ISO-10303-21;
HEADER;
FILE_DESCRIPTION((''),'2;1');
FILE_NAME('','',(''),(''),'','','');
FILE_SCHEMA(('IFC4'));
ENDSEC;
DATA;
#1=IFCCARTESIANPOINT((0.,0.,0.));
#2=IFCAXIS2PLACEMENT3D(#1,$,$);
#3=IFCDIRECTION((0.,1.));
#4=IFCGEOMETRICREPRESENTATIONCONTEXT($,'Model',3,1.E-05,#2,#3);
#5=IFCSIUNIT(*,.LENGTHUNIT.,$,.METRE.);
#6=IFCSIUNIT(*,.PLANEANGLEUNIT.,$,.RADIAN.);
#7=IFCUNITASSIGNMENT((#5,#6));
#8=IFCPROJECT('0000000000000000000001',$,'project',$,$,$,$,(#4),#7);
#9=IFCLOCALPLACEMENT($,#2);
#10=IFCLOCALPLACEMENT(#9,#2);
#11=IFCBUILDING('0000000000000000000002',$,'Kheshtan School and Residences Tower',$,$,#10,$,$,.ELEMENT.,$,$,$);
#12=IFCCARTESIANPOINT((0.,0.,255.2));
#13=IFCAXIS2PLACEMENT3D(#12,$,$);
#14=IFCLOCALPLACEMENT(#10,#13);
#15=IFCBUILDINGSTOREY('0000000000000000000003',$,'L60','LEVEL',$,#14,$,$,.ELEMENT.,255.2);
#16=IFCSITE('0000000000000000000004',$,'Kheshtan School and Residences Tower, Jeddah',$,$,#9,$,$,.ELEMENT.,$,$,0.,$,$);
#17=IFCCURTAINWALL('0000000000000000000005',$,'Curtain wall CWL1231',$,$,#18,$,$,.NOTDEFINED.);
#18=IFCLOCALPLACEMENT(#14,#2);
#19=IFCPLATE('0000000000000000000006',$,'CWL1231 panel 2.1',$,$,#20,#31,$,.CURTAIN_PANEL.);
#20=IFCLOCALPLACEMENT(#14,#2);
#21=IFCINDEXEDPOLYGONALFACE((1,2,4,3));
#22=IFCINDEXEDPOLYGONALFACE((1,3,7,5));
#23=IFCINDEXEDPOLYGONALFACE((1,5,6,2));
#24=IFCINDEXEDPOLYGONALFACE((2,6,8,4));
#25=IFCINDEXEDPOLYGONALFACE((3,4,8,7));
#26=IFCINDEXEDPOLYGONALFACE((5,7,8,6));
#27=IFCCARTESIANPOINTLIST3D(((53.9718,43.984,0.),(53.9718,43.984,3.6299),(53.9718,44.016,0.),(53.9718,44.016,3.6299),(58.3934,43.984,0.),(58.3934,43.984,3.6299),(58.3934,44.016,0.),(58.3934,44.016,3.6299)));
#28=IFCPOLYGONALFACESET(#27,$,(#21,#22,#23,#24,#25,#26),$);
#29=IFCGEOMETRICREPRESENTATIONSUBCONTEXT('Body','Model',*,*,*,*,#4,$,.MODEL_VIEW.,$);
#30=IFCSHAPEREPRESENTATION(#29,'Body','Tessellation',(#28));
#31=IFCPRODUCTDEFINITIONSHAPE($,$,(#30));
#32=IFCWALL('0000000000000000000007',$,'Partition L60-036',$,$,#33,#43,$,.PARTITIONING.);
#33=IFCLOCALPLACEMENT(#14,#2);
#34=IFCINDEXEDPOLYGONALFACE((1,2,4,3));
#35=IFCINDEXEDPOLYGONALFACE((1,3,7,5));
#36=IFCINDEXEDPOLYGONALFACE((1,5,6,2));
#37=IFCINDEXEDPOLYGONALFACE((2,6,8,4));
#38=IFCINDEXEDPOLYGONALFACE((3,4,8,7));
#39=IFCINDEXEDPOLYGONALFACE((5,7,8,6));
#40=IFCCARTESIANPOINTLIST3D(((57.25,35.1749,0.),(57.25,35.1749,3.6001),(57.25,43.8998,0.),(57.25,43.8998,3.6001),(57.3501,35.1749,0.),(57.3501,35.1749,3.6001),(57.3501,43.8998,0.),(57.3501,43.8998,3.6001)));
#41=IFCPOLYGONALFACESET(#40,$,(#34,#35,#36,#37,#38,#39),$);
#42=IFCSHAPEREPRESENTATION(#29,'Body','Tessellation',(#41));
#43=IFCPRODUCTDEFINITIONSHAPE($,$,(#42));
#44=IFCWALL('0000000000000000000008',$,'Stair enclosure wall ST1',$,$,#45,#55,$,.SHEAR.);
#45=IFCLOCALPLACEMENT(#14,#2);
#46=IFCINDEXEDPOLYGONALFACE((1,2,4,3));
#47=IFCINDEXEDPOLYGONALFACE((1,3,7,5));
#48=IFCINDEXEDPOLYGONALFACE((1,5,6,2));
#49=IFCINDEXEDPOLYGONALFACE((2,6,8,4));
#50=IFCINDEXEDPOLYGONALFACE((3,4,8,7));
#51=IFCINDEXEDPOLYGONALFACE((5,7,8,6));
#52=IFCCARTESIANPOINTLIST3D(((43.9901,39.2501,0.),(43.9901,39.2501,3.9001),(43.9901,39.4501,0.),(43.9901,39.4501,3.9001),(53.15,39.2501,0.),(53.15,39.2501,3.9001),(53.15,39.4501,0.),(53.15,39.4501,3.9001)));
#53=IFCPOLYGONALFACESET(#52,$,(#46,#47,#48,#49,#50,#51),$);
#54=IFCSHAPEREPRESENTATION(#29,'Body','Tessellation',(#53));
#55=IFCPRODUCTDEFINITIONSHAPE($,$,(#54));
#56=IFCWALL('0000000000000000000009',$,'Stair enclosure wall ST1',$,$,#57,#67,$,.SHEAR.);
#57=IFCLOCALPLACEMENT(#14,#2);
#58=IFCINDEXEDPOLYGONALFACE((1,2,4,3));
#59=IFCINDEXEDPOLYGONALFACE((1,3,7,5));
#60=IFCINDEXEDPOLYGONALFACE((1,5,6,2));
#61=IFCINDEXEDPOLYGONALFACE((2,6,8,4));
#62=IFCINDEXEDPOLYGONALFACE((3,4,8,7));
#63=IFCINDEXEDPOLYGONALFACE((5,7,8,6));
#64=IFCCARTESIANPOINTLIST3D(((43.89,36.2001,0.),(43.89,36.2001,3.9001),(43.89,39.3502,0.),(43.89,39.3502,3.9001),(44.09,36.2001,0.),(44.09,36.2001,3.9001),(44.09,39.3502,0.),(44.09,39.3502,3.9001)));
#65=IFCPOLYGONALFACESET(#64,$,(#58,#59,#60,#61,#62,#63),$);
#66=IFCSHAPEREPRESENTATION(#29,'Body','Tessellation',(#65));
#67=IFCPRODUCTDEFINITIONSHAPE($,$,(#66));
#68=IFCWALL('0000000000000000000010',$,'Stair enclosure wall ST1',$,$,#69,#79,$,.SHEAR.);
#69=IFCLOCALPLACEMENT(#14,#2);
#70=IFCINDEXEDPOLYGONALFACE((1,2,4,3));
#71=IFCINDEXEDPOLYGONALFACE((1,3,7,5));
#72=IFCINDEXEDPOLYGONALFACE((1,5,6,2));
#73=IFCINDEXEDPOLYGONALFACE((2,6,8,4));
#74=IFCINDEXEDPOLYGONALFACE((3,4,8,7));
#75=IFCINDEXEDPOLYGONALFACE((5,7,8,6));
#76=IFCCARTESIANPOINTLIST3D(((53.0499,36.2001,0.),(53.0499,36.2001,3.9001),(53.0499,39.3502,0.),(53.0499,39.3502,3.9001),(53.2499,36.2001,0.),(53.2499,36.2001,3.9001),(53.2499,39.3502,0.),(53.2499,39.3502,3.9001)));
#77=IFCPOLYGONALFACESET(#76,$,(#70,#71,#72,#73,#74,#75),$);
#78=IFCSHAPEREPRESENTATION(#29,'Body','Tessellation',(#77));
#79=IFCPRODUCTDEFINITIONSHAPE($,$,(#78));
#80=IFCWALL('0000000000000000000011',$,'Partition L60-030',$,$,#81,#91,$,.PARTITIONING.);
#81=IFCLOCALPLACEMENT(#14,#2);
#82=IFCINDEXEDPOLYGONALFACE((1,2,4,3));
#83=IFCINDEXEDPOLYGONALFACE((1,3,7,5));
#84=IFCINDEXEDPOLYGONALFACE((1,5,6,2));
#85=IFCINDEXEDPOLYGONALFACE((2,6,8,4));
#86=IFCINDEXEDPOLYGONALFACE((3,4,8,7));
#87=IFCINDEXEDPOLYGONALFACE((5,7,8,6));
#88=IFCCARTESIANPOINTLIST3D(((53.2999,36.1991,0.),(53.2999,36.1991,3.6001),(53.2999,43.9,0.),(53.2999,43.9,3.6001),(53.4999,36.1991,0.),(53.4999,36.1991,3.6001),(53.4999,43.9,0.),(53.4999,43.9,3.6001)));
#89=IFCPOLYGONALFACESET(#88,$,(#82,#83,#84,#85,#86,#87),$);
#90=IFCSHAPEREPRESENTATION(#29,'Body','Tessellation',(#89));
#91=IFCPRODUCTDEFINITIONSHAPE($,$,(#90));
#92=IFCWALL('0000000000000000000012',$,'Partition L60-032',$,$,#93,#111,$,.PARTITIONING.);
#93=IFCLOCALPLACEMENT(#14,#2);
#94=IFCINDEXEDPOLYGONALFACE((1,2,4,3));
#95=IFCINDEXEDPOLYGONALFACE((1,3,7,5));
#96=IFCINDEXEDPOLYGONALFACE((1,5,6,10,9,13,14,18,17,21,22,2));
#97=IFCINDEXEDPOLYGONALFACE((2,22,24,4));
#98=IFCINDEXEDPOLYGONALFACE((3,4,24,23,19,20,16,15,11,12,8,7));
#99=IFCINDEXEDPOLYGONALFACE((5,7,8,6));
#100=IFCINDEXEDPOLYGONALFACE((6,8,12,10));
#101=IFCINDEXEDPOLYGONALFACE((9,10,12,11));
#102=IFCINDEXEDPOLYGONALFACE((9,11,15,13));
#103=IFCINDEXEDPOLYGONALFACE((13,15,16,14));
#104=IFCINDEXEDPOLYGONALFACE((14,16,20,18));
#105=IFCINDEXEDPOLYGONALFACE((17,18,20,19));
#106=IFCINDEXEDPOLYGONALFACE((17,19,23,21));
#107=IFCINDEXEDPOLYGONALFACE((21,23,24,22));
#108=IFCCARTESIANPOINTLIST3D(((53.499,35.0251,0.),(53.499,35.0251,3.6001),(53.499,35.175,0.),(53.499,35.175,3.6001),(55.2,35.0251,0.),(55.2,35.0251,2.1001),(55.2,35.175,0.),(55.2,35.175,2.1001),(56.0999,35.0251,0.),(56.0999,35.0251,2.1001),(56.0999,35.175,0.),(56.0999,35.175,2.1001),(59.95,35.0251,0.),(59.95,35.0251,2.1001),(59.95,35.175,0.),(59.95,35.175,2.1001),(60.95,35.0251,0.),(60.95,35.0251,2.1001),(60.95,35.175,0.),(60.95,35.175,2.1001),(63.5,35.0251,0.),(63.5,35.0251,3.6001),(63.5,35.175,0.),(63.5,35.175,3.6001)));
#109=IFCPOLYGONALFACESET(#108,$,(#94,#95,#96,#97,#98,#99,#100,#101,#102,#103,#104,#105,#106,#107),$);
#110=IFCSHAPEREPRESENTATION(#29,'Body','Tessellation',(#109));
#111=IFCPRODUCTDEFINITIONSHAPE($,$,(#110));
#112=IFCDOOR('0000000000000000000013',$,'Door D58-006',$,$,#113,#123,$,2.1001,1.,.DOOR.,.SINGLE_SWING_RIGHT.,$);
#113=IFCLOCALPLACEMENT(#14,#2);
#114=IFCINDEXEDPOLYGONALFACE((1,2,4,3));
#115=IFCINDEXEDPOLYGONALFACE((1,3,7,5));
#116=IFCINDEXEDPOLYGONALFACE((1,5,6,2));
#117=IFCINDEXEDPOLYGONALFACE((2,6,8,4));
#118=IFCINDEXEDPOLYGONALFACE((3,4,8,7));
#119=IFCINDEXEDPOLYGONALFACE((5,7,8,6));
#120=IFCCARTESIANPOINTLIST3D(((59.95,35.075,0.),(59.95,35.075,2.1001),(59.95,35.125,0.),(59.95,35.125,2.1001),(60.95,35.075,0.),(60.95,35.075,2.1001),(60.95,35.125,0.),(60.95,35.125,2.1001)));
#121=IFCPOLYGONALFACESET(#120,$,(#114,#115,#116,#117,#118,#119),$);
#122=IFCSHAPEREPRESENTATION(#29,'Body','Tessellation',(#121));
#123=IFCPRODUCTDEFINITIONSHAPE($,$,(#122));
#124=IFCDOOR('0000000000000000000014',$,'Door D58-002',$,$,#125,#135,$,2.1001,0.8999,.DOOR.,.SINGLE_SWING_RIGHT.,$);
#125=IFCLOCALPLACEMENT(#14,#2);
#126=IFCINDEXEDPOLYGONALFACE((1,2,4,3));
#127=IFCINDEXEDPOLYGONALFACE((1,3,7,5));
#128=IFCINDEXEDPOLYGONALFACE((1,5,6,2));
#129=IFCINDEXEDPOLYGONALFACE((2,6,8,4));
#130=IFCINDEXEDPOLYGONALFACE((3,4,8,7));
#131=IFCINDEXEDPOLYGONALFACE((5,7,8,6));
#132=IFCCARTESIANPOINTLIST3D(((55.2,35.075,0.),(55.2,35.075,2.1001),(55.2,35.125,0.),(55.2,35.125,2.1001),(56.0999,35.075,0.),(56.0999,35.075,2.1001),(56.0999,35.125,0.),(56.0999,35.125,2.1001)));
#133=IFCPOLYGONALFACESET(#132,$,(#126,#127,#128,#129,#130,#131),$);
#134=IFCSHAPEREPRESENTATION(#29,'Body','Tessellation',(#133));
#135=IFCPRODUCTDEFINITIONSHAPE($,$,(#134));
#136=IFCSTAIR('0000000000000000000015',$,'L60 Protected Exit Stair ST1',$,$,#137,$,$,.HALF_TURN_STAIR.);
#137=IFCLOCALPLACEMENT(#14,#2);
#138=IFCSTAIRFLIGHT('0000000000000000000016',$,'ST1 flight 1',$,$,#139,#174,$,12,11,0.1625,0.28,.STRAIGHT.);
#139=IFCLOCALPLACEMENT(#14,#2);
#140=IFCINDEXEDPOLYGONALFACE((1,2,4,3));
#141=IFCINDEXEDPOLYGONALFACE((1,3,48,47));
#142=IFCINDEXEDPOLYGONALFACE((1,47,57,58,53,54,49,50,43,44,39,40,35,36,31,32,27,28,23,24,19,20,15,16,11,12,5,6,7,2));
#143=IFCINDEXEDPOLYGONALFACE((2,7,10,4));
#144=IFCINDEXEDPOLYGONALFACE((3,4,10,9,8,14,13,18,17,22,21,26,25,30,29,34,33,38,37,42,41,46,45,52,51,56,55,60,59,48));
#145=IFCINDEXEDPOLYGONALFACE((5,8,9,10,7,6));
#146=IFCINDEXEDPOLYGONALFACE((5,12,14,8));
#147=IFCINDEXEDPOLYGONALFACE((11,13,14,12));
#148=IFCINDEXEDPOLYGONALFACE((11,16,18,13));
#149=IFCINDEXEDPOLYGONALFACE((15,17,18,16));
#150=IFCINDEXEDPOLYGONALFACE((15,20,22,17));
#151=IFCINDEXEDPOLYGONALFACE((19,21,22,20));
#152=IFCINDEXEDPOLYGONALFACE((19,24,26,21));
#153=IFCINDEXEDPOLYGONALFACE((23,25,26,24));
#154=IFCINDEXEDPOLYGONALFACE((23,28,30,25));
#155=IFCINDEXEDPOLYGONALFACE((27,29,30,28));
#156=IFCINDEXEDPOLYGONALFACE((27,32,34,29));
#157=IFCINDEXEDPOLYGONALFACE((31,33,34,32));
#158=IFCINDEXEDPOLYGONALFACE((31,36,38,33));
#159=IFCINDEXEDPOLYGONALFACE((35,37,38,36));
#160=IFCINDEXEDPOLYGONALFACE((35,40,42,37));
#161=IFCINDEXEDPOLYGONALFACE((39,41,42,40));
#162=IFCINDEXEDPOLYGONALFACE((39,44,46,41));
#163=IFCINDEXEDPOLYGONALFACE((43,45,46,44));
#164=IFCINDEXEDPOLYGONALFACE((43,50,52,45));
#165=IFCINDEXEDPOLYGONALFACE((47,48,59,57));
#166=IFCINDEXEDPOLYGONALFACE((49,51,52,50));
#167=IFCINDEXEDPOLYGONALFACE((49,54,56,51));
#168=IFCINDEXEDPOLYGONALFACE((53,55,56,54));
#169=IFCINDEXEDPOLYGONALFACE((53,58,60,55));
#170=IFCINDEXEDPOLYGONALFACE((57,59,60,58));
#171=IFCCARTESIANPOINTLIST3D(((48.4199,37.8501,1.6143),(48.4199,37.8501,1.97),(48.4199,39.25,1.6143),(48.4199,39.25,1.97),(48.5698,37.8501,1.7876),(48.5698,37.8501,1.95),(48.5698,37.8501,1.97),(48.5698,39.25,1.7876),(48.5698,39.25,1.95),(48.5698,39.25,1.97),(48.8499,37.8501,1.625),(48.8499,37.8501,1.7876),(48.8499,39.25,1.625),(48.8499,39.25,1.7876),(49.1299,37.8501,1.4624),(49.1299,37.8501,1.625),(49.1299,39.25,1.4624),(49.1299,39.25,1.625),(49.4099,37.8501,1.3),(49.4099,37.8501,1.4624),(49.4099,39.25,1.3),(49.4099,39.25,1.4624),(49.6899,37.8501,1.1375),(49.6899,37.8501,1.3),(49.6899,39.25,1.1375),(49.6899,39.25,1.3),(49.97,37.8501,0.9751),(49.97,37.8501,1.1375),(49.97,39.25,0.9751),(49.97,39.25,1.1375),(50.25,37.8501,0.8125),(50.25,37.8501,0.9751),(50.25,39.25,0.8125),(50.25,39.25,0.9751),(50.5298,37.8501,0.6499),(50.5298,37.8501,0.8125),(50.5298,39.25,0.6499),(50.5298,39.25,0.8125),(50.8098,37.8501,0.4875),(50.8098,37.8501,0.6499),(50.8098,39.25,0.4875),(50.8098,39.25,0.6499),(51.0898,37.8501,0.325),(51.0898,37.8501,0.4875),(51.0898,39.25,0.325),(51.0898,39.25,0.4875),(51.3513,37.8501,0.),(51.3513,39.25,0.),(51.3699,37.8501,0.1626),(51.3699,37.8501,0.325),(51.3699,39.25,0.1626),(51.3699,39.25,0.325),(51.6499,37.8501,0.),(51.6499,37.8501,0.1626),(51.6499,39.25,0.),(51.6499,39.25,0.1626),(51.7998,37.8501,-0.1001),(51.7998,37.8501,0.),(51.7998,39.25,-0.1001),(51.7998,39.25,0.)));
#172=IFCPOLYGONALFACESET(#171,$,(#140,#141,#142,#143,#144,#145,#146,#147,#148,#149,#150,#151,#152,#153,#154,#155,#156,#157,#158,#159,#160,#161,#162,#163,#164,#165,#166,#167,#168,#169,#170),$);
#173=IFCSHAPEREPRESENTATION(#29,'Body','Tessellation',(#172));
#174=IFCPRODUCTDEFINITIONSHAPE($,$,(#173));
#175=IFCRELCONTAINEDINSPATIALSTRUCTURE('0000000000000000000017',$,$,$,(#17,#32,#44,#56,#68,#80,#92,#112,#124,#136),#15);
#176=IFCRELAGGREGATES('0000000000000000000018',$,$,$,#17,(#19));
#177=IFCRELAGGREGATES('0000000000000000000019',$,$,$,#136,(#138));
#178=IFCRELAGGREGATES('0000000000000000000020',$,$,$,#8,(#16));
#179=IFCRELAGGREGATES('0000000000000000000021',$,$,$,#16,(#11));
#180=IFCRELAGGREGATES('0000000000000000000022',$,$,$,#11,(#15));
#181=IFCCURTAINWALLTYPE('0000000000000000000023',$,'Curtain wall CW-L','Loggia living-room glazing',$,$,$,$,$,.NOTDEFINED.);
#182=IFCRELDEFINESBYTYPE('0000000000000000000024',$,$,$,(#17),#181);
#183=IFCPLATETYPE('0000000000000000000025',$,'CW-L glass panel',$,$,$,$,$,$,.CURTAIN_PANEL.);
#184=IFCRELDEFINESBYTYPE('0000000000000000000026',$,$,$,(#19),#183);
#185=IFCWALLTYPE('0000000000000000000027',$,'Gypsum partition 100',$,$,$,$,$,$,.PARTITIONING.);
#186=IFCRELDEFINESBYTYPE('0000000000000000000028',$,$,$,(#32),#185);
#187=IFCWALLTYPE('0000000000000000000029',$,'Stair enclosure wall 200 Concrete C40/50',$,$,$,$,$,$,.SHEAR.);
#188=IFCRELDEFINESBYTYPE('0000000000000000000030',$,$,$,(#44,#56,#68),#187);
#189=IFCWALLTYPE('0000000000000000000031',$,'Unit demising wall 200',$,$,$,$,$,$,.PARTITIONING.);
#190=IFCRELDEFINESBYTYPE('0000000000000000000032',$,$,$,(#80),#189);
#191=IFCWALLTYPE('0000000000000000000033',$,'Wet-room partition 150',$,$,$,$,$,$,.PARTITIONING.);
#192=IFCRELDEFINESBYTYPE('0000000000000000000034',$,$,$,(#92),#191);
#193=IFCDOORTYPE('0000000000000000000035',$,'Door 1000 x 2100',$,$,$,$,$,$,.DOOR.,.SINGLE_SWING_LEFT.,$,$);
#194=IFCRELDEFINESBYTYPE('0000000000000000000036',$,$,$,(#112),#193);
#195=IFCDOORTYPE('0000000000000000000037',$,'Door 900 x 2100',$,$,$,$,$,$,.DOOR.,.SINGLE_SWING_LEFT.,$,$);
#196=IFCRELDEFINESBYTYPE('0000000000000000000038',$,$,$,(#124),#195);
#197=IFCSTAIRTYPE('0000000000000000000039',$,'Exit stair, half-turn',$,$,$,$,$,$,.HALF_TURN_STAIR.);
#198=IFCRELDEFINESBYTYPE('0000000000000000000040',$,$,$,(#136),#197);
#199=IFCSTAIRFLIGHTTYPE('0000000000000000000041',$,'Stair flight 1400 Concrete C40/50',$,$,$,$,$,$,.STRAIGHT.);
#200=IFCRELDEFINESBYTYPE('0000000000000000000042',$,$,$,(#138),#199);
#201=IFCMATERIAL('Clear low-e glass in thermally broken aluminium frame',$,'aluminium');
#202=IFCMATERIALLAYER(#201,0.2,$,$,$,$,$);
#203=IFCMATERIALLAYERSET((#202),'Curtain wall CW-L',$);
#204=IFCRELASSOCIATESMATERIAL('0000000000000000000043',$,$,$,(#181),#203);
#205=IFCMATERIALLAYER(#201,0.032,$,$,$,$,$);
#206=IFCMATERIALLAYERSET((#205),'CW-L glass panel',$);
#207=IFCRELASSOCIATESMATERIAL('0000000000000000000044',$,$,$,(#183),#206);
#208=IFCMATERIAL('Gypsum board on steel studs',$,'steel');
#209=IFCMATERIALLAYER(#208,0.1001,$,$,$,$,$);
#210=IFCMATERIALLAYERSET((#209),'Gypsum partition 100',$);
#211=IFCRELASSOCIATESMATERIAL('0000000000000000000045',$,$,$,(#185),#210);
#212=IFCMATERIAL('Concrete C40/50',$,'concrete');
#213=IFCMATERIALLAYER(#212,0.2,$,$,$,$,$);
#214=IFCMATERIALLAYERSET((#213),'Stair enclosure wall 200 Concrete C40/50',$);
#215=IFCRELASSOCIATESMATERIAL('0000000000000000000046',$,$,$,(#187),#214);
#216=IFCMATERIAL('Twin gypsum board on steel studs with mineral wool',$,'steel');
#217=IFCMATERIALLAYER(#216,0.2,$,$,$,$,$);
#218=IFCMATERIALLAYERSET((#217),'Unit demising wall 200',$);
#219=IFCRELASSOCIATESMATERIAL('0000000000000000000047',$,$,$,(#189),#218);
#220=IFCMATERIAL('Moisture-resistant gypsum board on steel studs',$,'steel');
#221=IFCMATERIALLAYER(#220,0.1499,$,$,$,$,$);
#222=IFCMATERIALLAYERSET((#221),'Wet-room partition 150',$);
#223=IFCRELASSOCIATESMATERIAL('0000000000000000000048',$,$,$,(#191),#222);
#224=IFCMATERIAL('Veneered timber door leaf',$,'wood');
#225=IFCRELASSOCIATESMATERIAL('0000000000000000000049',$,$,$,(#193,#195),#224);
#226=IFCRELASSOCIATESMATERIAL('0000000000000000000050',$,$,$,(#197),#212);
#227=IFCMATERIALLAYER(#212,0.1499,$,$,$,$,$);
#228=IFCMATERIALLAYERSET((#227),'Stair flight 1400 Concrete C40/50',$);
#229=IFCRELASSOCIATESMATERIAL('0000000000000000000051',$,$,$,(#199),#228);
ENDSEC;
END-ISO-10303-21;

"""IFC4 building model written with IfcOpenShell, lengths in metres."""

from ifc_helpers import new_model, si_unit, direction, frame, frame_2d, origin, origin_2d, place, context, subcontext, project, spatial, polyline, rectangle, outline, extrude, source, transform, mapped, material, layer, layer_set, type_object, element, fill, aggregate, save


model = new_model("IFC4")

# Units and contexts
model_context = context("Model", 3, precision=1e-05, world=origin(), true_north=direction((0.0, 1.0)))
body_context = subcontext(model_context, "Body", "Model", "MODEL_VIEW")
ifc_project = project(units=[si_unit("LENGTHUNIT", "METRE"), si_unit("PLANEANGLEUNIT", "RADIAN")], contexts=[model_context])

# Site, building, storey
site_placement = place(None, origin())
site = spatial("IfcSite", under=ifc_project, at=site_placement, Name="Kheshtan School and Residences Tower, Jeddah", CompositionType="ELEMENT", RefElevation=0.0)
building_placement = place(site_placement, origin())
building = spatial("IfcBuilding", under=site, at=building_placement, Name="Kheshtan School and Residences Tower", CompositionType="ELEMENT")
storey_placement = place(building_placement, frame((0.0, 0.0, 255.2)))
storey = spatial("IfcBuildingStorey", under=building, at=storey_placement, Name="L60", Description="LEVEL", CompositionType="ELEMENT", Elevation=255.2)

# Curtain wall, plate
ifc_material_1 = material(Name="Clear low-e glass in thermally broken aluminium frame", Category="aluminium")
ifc_layer_1 = layer(ifc_material_1, 0.2)
ifc_layer_set_1 = layer_set([ifc_layer_1], Name="Curtain wall CW-L")
curtain_wall_type = type_object("IfcCurtainWallType", Name="Curtain wall CW-L", Description="Loggia living-room glazing", PredefinedType="NOTDEFINED", material=ifc_layer_set_1)
curtain_wall_placement = place(storey_placement, origin())
curtain_wall = element("IfcCurtainWall", 1, at=curtain_wall_placement, inside=storey, type_object=curtain_wall_type, Name="Curtain wall CWL1231", PredefinedType="NOTDEFINED")
ifc_layer_2 = layer(ifc_material_1, 0.032)
ifc_layer_set_2 = layer_set([ifc_layer_2], Name="CW-L glass panel")
plate_type = type_object("IfcPlateType", Name="CW-L glass panel", PredefinedType="CURTAIN_PANEL", material=ifc_layer_set_2)
plate_1_placement = place(storey_placement, frame((56.1826, 44.0, 0.0), z_axis=(0.0, 0.0, 1.0), x_axis=(1.0, 0.0, 0.0)))
plate_1 = element("IfcPlate", 2, at=plate_1_placement, type_object=plate_type, Name="CWL1231 panel 2.1", PredefinedType="CURTAIN_PANEL", context=body_context, shape_type="SweptSolid", body=[
    extrude(rectangle(XDim=4.4216, YDim=0.032, at=origin_2d()), origin(), (0.0, 0.0, 1.0), 3.6299),
])
aggregate(curtain_wall, [plate_1])

# Walls
ifc_material_2 = material(Name="Gypsum board on steel studs", Category="steel")
ifc_layer_3 = layer(ifc_material_2, 0.1001)
ifc_layer_set_3 = layer_set([ifc_layer_3], Name="Gypsum partition 100")
wall_type_1 = type_object("IfcWallType", Name="Gypsum partition 100", PredefinedType="PARTITIONING", material=ifc_layer_set_3)
wall_1_placement = place(storey_placement, frame((57.3, 35.175, 0.0), z_axis=(0.0, 0.0, 1.0), x_axis=(0.0, 1.0, 0.0)))
element("IfcWall", 3, at=wall_1_placement, inside=storey, type_object=wall_type_1, Name="Partition L60-036", PredefinedType="PARTITIONING", context=body_context, shape_type="SweptSolid", body=[
    extrude(rectangle(XDim=8.7249, YDim=0.1001, at=frame_2d((4.3623, 0.0))), origin(), (0.0, 0.0, 1.0), 3.6001),
])
ifc_material_3 = material(Name="Concrete C40/50", Category="concrete")
ifc_layer_4 = layer(ifc_material_3, 0.2)
ifc_layer_set_4 = layer_set([ifc_layer_4], Name="Stair enclosure wall 200 Concrete C40/50")
wall_type_2 = type_object("IfcWallType", Name="Stair enclosure wall 200 Concrete C40/50", PredefinedType="SHEAR", material=ifc_layer_set_4)
wall_2_placement = place(storey_placement, frame((43.99, 39.3501, 0.0), z_axis=(0.0, 0.0, 1.0), x_axis=(1.0, 0.0, 0.0)))
element("IfcWall", 4, at=wall_2_placement, inside=storey, type_object=wall_type_2, Name="Stair enclosure wall ST1", PredefinedType="SHEAR", context=body_context, shape_type="SweptSolid", body=[
    extrude(rectangle(XDim=9.1599, YDim=0.2, at=frame_2d((4.5801, 0.0))), origin(), (0.0, 0.0, 1.0), 3.9001),
])
for number, where, z_axis, x_axis, name in (
    (5, (43.99, 36.2, 0.0), (0.0, 0.0, 1.0), (0.0, 1.0, 0.0), "Stair enclosure wall ST1"),
    (6, (53.1499, 36.2, 0.0), (0.0, 0.0, 1.0), (0.0, 1.0, 0.0), "Stair enclosure wall ST1"),
):
    element("IfcWall", number, at=place(storey_placement, frame(where, z_axis=z_axis, x_axis=x_axis)), inside=storey, type_object=wall_type_2, Name=name, PredefinedType="SHEAR", context=body_context, shape_type="SweptSolid", body=[
        extrude(rectangle(XDim=3.1501, YDim=0.2, at=frame_2d((1.5752, 0.0))), origin(), (0.0, 0.0, 1.0), 3.9001),
    ])
ifc_material_4 = material(Name="Twin gypsum board on steel studs with mineral wool", Category="steel")
ifc_layer_5 = layer(ifc_material_4, 0.2)
ifc_layer_set_5 = layer_set([ifc_layer_5], Name="Unit demising wall 200")
wall_type_3 = type_object("IfcWallType", Name="Unit demising wall 200", PredefinedType="PARTITIONING", material=ifc_layer_set_5)
wall_3_placement = place(storey_placement, frame((53.3999, 36.199, 0.0), z_axis=(0.0, 0.0, 1.0), x_axis=(0.0, 1.0, 0.0)))
element("IfcWall", 7, at=wall_3_placement, inside=storey, type_object=wall_type_3, Name="Partition L60-030", PredefinedType="PARTITIONING", context=body_context, shape_type="SweptSolid", body=[
    extrude(rectangle(XDim=7.7009, YDim=0.2, at=frame_2d((3.8506, 0.0))), origin(), (0.0, 0.0, 1.0), 3.6001),
])

# Wall, openings, doors
ifc_material_5 = material(Name="Moisture-resistant gypsum board on steel studs", Category="steel")
ifc_layer_6 = layer(ifc_material_5, 0.1499)
ifc_layer_set_6 = layer_set([ifc_layer_6], Name="Wet-room partition 150")
wall_type_4 = type_object("IfcWallType", Name="Wet-room partition 150", PredefinedType="PARTITIONING", material=ifc_layer_set_6)
wall_4_placement = place(storey_placement, frame((53.499, 35.1001, 0.0), z_axis=(0.0, 0.0, 1.0), x_axis=(1.0, 0.0, 0.0)))
wall_4 = element("IfcWall", 8, at=wall_4_placement, inside=storey, type_object=wall_type_4, Name="Partition L60-032", PredefinedType="PARTITIONING", context=body_context, shape_type="SweptSolid", body=[
    extrude(rectangle(XDim=10.001, YDim=0.1499, at=frame_2d((5.0005, 0.0))), origin(), (0.0, 0.0, 1.0), 3.6001),
])
opening_1_placement = place(wall_4_placement, frame((1.7009, 0.0, 0.0)))
opening_1 = element("IfcOpeningElement", 9, at=opening_1_placement, cuts=wall_4, PredefinedType="OPENING", context=body_context, shape_type="SweptSolid", body=[
    extrude(rectangle(XDim=0.8999, YDim=2.1001, at=frame_2d((0.45, 1.05))), frame((0.0, 0.085, 0.0), z_axis=(0.0, -1.0, 0.0), x_axis=(1.0, 0.0, 0.0)), (0.0, 0.0, 1.0), 0.1699),
])
opening_2_placement = place(wall_4_placement, frame((6.4509, 0.0, 0.0)))
opening_2 = element("IfcOpeningElement", 10, at=opening_2_placement, cuts=wall_4, PredefinedType="OPENING", context=body_context, shape_type="SweptSolid", body=[
    extrude(rectangle(XDim=1.0, YDim=2.1001, at=frame_2d((0.5, 1.05))), frame((0.0, 0.085, 0.0), z_axis=(0.0, -1.0, 0.0), x_axis=(1.0, 0.0, 0.0)), (0.0, 0.0, 1.0), 0.1699),
])
ifc_material_6 = material(Name="Veneered timber door leaf", Category="wood")
door_type_1 = type_object("IfcDoorType", Name="Door 1000 x 2100", OperationType="SINGLE_SWING_LEFT", PredefinedType="DOOR", material=ifc_material_6)
shared_shape_1 = source(origin(), body_context, "Body", "SweptSolid", [
    extrude(rectangle(XDim=1.0, YDim=2.1001, at=frame_2d((0.5, 1.05))), frame((0.0, 0.0249, 0.0), z_axis=(0.0, -1.0, 0.0), x_axis=(1.0, 0.0, 0.0)), (0.0, 0.0, 1.0), 0.05),
])
door_1_placement = place(opening_2_placement, origin())
door_1 = element("IfcDoor", 11, at=door_1_placement, inside=storey, type_object=door_type_1, Name="Door D58-006", OperationType="SINGLE_SWING_RIGHT", OverallHeight=2.1001, OverallWidth=1.0, PredefinedType="DOOR", context=body_context, shape_type="MappedRepresentation", body=[
    mapped(shared_shape_1, transform((0.0, 0.0, 0.0), x_axis=(1.0, 0.0, 0.0), y_axis=(0.0, 1.0, 0.0), z_axis=(0.0, 0.0, 1.0), scale=1.0)),
])
fill(opening_2, door_1)
door_type_2 = type_object("IfcDoorType", Name="Door 900 x 2100", OperationType="SINGLE_SWING_LEFT", PredefinedType="DOOR", material=ifc_material_6)
shared_shape_2 = source(origin(), body_context, "Body", "SweptSolid", [
    extrude(rectangle(XDim=0.8999, YDim=2.1001, at=frame_2d((0.45, 1.05))), frame((0.0, 0.0249, 0.0), z_axis=(0.0, -1.0, 0.0), x_axis=(1.0, 0.0, 0.0)), (0.0, 0.0, 1.0), 0.05),
])
door_2_placement = place(opening_1_placement, origin())
door_2 = element("IfcDoor", 12, at=door_2_placement, inside=storey, type_object=door_type_2, Name="Door D58-002", OperationType="SINGLE_SWING_RIGHT", OverallHeight=2.1001, OverallWidth=0.8999, PredefinedType="DOOR", context=body_context, shape_type="MappedRepresentation", body=[
    mapped(shared_shape_2, transform((0.0, 0.0, 0.0), x_axis=(1.0, 0.0, 0.0), y_axis=(0.0, 1.0, 0.0), z_axis=(0.0, 0.0, 1.0), scale=1.0)),
])
fill(opening_1, door_2)

# Stair, stair flight
stair_type = type_object("IfcStairType", Name="Exit stair, half-turn", PredefinedType="HALF_TURN_STAIR", material=ifc_material_3)
stair_placement = place(storey_placement, origin())
stair = element("IfcStair", 13, at=stair_placement, inside=storey, type_object=stair_type, Name="L60 Protected Exit Stair ST1", PredefinedType="HALF_TURN_STAIR")
ifc_layer_7 = layer(ifc_material_3, 0.1499)
ifc_layer_set_7 = layer_set([ifc_layer_7], Name="Stair flight 1400 Concrete C40/50")
stair_flight_type = type_object("IfcStairFlightType", Name="Stair flight 1400 Concrete C40/50", PredefinedType="STRAIGHT", material=ifc_layer_set_7)
stair_flight_1_placement = place(storey_placement, frame((51.6499, 38.55, 0.0), z_axis=(0.0, 0.0, 1.0), x_axis=(-1.0, 0.0, 0.0)))
stair_flight_1 = element("IfcStairFlight", 14, at=stair_flight_1_placement, type_object=stair_flight_type, Name="ST1 flight 1", NumberOfRisers=12, NumberOfTreads=11, PredefinedType="STRAIGHT", RiserHeight=0.1625, TreadLength=0.28, context=body_context, shape_type="SweptSolid", body=[
    extrude(outline(polyline([(-0.1499, -0.1001), (-0.1499, 0.0), (0.0, 0.0), (0.0, 0.1626), (0.28, 0.1626), (0.28, 0.325), (0.5601, 0.325), (0.5601, 0.4875), (0.8401, 0.4875), (0.8401, 0.6499), (1.1201, 0.6499), (1.1201, 0.8125), (1.3999, 0.8125), (1.3999, 0.9751), (1.6799, 0.9751), (1.6799, 1.1375), (1.96, 1.1375), (1.96, 1.3), (2.24, 1.3), (2.24, 1.4624), (2.52, 1.4624), (2.52, 1.625), (2.8, 1.625), (2.8, 1.7876), (3.0801, 1.7876), (3.0801, 1.95), (3.0801, 1.97), (3.23, 1.97), (3.23, 1.6143), (0.2986, 0.0), (-0.1499, -0.1001)])), frame((0.0, 0.7, 0.0), z_axis=(0.0, -1.0, 0.0), x_axis=(1.0, 0.0, 0.0)), (0.0, 0.0, 1.0), 1.3999),
])
aggregate(stair, [stair_flight_1])

save(model, "model.ifc")
